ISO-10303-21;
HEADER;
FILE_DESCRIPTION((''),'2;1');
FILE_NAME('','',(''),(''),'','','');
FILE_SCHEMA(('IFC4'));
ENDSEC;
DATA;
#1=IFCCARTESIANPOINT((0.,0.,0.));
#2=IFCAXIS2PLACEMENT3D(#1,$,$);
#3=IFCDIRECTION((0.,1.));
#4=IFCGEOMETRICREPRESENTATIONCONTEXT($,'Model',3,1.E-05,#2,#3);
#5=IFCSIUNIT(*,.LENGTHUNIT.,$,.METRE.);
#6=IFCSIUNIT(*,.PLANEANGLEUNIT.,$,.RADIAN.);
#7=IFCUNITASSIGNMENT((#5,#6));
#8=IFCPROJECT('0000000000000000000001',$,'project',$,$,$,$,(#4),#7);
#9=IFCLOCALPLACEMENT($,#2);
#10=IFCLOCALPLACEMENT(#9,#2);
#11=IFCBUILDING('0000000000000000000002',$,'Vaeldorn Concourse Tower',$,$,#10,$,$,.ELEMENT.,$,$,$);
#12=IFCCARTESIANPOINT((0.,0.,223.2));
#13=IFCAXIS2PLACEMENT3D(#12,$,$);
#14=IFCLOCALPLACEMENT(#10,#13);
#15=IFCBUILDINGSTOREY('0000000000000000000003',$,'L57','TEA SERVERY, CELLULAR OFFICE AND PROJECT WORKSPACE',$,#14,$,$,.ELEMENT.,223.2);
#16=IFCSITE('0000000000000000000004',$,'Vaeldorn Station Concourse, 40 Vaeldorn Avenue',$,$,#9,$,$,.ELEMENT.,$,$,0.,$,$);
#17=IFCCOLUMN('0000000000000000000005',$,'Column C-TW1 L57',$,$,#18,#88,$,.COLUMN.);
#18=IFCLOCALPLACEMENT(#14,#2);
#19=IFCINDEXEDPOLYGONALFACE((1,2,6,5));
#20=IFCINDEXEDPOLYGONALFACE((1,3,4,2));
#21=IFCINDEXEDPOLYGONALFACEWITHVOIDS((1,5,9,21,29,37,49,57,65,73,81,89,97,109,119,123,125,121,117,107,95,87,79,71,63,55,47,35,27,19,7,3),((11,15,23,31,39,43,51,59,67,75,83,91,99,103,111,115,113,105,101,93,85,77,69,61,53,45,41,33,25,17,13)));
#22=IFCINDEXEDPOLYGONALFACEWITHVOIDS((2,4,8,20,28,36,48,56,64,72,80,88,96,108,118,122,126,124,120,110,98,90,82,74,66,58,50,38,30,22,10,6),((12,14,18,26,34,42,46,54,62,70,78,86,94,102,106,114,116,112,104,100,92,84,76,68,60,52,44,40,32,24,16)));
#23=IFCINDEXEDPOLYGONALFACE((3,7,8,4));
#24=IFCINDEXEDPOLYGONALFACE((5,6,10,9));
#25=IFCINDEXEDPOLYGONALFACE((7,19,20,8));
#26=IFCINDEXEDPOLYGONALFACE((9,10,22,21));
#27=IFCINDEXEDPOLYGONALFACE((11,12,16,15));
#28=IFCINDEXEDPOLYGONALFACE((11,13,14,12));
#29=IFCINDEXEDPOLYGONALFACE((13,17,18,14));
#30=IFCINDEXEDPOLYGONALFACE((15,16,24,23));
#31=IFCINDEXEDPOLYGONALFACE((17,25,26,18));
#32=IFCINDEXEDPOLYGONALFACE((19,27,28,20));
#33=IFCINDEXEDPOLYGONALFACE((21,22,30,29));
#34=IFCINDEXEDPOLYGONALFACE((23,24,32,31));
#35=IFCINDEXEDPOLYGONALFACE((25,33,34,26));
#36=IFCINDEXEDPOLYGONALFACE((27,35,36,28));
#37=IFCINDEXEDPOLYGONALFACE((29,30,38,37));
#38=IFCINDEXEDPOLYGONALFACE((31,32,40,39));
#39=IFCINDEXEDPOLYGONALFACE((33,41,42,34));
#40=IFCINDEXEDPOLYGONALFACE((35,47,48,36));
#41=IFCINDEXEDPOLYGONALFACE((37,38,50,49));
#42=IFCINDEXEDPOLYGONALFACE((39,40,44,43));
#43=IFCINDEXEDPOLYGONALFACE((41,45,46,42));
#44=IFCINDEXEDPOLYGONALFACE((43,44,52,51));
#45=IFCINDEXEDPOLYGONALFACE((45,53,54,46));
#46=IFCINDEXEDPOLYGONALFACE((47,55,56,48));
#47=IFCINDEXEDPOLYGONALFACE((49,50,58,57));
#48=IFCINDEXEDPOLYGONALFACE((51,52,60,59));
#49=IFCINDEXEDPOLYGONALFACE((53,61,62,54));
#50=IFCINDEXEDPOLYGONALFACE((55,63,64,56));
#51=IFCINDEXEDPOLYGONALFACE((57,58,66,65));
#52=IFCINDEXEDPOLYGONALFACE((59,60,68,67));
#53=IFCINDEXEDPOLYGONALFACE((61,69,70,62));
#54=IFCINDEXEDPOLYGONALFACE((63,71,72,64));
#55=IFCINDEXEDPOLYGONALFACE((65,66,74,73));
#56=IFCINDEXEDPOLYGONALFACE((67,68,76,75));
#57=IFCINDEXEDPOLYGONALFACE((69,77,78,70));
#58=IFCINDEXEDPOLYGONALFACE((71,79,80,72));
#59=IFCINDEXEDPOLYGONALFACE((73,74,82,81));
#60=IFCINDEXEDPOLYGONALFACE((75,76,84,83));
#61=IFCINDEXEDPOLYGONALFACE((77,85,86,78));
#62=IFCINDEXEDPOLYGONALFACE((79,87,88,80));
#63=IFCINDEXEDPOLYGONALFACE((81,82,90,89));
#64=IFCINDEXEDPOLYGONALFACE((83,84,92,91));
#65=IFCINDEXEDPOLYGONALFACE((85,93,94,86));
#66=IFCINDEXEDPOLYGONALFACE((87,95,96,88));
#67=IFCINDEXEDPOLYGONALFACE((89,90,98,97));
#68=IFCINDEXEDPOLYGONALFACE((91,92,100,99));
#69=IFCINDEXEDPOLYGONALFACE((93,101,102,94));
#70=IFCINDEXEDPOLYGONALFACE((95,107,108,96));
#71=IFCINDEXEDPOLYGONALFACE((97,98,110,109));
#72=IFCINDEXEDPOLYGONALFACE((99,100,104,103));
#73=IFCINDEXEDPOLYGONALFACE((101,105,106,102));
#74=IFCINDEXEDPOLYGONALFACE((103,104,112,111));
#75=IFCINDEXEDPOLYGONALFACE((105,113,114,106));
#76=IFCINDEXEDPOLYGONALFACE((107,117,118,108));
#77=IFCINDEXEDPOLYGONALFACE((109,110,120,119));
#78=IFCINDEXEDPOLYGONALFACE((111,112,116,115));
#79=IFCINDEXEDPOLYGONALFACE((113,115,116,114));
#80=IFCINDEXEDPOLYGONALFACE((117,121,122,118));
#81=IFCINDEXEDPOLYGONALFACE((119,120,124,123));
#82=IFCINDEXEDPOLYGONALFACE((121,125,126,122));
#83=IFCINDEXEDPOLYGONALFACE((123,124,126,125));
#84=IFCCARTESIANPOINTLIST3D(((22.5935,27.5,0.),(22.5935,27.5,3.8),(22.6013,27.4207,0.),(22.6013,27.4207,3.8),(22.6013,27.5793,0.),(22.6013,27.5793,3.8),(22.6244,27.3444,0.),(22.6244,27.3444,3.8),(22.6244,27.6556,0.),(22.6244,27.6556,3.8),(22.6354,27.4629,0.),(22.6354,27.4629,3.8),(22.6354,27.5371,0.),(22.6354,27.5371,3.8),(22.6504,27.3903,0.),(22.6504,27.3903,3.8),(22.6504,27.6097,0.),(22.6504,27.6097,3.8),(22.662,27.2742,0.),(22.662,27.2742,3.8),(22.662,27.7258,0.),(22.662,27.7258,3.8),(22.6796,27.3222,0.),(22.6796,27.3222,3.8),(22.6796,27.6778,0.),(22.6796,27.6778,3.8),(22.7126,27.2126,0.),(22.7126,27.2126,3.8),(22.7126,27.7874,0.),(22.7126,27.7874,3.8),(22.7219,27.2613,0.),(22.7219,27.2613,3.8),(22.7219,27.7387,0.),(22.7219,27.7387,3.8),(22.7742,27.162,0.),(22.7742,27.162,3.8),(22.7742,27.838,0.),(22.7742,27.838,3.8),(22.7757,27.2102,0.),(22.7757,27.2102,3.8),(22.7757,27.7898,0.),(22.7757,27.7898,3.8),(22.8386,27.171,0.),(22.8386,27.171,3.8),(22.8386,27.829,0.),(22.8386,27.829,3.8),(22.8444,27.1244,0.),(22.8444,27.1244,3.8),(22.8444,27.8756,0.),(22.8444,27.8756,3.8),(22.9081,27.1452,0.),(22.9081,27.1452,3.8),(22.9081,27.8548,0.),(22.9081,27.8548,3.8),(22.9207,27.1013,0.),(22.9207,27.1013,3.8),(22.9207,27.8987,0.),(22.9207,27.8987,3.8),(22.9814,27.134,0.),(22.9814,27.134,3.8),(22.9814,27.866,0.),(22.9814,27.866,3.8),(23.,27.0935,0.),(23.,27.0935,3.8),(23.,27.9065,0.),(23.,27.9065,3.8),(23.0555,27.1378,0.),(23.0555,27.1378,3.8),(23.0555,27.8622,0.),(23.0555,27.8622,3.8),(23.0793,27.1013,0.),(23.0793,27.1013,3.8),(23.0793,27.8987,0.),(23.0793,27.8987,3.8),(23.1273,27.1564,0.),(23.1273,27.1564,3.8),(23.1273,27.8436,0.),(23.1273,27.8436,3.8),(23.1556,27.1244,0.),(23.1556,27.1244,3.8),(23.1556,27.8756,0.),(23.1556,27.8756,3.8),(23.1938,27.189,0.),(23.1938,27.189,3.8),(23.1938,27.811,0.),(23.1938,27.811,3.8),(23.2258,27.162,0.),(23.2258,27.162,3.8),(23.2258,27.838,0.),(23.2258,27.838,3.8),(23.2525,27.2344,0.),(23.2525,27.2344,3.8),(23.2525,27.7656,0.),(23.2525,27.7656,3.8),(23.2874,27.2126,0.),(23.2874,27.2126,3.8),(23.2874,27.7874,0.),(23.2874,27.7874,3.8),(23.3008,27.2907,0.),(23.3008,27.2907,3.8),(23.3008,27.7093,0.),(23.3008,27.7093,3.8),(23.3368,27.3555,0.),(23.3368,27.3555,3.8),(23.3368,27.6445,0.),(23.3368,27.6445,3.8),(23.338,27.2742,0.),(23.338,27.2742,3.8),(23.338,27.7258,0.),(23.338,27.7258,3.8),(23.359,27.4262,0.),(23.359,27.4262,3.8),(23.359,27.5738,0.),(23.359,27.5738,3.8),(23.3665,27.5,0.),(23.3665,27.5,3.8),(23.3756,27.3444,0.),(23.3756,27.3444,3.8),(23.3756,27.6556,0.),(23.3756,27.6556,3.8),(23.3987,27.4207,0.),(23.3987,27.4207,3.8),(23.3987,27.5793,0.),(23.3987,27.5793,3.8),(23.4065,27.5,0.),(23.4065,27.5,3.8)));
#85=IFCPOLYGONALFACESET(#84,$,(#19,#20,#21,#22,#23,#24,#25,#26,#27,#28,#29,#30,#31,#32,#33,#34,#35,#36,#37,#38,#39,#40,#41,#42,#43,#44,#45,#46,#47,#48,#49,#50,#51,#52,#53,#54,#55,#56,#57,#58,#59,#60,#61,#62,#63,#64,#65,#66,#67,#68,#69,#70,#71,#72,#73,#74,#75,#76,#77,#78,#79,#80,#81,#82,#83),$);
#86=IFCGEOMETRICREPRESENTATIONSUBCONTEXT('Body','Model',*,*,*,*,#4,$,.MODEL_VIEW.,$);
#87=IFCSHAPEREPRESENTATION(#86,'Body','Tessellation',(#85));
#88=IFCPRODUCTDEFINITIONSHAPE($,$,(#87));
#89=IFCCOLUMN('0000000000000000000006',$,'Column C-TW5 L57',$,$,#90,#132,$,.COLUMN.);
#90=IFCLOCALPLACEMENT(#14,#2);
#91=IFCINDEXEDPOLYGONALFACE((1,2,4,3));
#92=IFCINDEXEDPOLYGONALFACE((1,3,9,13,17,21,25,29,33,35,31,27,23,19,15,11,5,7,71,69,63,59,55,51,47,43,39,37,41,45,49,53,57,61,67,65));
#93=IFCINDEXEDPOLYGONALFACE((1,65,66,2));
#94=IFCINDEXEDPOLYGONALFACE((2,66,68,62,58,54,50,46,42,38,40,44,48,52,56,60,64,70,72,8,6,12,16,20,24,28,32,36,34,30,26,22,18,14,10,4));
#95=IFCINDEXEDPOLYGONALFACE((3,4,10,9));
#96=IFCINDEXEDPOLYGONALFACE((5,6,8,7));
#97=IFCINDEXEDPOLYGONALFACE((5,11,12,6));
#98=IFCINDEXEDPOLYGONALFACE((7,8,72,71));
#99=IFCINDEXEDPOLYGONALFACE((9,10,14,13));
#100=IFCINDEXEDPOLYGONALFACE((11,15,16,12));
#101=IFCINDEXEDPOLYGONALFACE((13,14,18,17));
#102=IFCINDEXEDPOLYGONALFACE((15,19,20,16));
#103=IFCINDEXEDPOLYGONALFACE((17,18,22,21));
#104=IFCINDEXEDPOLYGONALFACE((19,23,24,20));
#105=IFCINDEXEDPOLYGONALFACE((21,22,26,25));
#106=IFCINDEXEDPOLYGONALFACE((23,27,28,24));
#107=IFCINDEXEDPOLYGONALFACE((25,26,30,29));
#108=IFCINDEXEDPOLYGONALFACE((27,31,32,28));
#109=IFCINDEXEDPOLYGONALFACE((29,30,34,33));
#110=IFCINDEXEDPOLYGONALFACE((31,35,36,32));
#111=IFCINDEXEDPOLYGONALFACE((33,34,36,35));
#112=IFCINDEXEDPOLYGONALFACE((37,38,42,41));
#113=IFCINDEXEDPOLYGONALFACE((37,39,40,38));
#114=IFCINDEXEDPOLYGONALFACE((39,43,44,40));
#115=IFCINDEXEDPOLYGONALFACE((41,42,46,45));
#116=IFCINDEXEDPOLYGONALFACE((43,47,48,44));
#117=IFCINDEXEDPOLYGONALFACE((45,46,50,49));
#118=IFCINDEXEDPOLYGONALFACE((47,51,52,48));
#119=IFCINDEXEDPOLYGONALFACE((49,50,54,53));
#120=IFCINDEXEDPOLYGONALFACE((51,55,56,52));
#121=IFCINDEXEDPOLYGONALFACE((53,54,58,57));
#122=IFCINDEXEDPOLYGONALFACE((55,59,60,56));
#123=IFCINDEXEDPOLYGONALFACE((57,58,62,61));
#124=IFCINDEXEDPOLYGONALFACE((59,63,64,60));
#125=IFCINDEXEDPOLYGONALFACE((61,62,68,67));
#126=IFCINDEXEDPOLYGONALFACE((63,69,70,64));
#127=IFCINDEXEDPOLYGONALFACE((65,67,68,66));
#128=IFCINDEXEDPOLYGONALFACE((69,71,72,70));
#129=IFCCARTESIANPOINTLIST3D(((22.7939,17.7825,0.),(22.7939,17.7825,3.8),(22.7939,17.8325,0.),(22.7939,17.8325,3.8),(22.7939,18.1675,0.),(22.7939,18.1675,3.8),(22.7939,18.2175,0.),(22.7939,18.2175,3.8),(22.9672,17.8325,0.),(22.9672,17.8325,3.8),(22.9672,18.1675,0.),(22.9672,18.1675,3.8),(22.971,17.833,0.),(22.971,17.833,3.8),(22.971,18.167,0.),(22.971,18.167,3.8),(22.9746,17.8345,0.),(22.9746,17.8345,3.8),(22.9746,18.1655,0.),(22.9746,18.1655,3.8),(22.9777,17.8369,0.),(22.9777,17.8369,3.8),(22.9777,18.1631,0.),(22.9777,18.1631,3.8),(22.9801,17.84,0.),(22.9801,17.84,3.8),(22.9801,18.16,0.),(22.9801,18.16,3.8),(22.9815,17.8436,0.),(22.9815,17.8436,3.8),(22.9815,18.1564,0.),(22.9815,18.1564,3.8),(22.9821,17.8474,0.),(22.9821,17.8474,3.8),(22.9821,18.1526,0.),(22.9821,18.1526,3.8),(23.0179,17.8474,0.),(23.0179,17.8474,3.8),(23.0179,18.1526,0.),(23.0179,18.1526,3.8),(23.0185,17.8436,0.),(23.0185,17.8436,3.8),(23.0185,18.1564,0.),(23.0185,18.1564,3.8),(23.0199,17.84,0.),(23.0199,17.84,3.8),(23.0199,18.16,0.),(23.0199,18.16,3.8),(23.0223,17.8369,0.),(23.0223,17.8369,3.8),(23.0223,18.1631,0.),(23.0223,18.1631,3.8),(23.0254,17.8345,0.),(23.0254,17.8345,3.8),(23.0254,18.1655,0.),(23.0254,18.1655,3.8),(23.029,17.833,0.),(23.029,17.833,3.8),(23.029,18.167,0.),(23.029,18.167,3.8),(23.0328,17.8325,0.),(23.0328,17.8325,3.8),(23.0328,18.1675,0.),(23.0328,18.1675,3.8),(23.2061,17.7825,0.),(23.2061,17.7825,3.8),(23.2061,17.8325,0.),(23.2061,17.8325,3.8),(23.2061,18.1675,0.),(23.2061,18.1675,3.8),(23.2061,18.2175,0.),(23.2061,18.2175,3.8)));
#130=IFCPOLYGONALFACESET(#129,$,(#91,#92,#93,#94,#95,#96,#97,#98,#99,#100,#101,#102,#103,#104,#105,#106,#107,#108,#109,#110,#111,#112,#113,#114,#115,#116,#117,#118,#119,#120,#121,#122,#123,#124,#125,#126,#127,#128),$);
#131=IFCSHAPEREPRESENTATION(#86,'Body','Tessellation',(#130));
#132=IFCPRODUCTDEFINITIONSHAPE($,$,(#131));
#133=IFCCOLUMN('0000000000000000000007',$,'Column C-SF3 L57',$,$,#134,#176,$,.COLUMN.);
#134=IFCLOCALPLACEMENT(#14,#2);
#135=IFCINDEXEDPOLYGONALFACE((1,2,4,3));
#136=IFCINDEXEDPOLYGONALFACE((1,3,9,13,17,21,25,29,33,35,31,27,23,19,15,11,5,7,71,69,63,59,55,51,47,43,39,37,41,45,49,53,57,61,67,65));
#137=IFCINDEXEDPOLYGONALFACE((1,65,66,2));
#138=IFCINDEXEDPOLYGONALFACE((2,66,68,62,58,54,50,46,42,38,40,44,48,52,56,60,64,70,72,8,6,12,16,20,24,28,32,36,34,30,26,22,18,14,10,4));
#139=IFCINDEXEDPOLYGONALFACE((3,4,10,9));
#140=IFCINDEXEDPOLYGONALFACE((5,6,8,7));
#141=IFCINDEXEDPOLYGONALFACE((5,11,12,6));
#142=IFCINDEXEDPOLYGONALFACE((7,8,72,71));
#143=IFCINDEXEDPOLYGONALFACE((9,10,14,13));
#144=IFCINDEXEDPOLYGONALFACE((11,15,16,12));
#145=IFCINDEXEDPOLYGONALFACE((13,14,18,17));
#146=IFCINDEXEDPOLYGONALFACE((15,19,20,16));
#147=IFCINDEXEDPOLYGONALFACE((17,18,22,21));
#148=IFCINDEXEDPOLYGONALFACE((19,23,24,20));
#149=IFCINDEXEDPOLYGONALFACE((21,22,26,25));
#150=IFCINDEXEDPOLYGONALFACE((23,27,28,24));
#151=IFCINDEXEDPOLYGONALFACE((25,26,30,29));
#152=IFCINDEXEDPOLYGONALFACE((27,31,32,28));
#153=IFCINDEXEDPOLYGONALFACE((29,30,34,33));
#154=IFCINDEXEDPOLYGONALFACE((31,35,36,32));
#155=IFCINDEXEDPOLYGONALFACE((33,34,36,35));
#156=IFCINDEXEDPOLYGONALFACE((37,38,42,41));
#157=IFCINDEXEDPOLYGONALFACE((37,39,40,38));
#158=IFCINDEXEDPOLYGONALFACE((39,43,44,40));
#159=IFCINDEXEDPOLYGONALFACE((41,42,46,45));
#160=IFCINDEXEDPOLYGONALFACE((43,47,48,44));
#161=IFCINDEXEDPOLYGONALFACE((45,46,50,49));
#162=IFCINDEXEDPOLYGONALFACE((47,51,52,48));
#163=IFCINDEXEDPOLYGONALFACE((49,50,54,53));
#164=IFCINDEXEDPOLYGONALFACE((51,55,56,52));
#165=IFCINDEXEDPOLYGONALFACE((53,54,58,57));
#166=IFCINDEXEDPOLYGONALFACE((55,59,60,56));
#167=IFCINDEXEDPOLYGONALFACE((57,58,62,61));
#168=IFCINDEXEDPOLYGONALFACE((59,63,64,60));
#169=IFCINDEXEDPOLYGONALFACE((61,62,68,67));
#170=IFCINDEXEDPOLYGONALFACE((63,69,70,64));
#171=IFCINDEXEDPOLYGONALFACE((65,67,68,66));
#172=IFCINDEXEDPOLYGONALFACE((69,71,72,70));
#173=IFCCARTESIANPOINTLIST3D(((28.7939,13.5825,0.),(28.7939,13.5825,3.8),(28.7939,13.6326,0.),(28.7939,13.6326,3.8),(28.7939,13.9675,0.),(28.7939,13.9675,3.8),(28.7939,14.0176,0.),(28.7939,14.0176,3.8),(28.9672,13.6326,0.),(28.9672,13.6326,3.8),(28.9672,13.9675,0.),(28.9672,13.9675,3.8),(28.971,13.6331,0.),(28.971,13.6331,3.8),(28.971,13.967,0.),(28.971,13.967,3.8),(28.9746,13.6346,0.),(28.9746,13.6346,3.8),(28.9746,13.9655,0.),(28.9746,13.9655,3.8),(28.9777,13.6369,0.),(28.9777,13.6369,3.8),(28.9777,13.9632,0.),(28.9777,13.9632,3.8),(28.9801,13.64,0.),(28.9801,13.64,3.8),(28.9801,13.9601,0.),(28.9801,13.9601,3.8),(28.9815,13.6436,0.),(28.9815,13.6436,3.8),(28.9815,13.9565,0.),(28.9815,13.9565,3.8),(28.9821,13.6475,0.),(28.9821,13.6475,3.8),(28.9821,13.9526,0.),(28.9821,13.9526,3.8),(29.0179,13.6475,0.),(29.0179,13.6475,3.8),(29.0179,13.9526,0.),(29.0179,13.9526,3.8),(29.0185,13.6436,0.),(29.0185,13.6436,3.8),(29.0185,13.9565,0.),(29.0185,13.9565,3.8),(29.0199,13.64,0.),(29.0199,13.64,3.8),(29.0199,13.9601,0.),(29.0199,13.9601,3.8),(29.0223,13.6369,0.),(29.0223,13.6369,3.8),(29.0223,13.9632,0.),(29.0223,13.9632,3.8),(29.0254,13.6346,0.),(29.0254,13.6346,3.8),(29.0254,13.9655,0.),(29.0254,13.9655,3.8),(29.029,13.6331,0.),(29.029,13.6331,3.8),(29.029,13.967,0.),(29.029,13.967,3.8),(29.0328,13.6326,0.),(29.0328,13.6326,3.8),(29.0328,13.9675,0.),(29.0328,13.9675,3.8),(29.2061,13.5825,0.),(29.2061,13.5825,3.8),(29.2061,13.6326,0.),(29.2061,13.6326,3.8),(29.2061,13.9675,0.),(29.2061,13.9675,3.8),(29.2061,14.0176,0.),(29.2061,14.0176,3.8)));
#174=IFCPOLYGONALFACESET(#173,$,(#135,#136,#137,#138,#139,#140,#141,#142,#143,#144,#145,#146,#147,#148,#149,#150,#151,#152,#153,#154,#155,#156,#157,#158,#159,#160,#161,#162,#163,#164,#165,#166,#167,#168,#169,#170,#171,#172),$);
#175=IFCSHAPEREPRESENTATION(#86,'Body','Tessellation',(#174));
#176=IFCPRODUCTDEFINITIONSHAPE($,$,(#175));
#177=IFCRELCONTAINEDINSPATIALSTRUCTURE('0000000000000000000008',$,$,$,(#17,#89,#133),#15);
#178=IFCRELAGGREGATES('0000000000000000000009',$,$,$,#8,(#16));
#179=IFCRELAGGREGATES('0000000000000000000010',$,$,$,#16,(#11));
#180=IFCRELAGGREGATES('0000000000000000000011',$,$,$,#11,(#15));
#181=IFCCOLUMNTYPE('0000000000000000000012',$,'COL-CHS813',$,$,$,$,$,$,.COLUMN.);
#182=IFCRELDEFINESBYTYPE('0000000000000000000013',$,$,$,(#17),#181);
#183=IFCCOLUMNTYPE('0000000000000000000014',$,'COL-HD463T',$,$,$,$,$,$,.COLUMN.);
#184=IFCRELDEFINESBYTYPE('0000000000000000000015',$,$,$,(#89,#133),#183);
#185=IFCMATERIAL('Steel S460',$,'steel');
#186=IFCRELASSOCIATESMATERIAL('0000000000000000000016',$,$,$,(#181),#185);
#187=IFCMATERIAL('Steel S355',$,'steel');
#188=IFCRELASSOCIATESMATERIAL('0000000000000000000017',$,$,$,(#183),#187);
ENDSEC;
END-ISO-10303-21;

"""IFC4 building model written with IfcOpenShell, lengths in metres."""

from ifc_helpers import new_model, si_unit, direction, frame, origin, origin_2d, place, context, subcontext, project, spatial, hollow_circle, i_section, extrude, source, transform, mapped, material, material_profile, profile_set, type_object, element, save


model = new_model("IFC4")

# Units and contexts
model_context = context("Model", 3, precision=1e-05, world=origin(), true_north=direction((0.0, 1.0)))
body_context = subcontext(model_context, "Body", "Model", "MODEL_VIEW")
ifc_project = project(units=[si_unit("LENGTHUNIT", "METRE"), si_unit("PLANEANGLEUNIT", "RADIAN")], contexts=[model_context])

# Site, building, storey
site_placement = place(None, origin())
site = spatial("IfcSite", under=ifc_project, at=site_placement, Name="Vaeldorn Station Concourse, 40 Vaeldorn Avenue", CompositionType="ELEMENT", RefElevation=0.0)
building_placement = place(site_placement, origin())
building = spatial("IfcBuilding", under=site, at=building_placement, Name="Vaeldorn Concourse Tower", CompositionType="ELEMENT")
storey_placement = place(building_placement, frame((0.0, 0.0, 223.2)))
storey = spatial("IfcBuildingStorey", under=building, at=storey_placement, Name="L57", Description="TEA SERVERY, CELLULAR OFFICE AND PROJECT WORKSPACE", CompositionType="ELEMENT", Elevation=223.2)

# Columns
ifc_material_1 = material(Name="Steel S460", Category="steel")
ifc_material_profile_1 = material_profile(ifc_material_1, hollow_circle(Radius=0.4065, WallThickness=0.04, at=origin_2d()), Name="CHS 813x40")
ifc_profile_set_1 = profile_set([ifc_material_profile_1], Name="Steel S460")
column_type_1 = type_object("IfcColumnType", Name="COL-CHS813", PredefinedType="COLUMN", material=ifc_profile_set_1)
shared_shape_1 = source(origin(), body_context, "Body", "SweptSolid", [
    extrude(hollow_circle(Radius=0.4065, WallThickness=0.04, at=origin_2d()), origin(), (0.0, 0.0, 1.0), 3.8),
])
column_placement = place(storey_placement, frame((23.0, 27.5, 0.0), z_axis=(0.0, 0.0, 1.0), x_axis=(1.0, 0.0, 0.0)))
element("IfcColumn", 1, at=column_placement, inside=storey, type_object=column_type_1, Name="Column C-TW1 L57", PredefinedType="COLUMN", context=body_context, shape_type="MappedRepresentation", body=[
    mapped(shared_shape_1, transform((0.0, 0.0, 0.0), scale=1.0)),
])
ifc_material_2 = material(Name="Steel S355", Category="steel")
ifc_material_profile_2 = material_profile(ifc_material_2, i_section(OverallWidth=0.4121, OverallDepth=0.4351, WebThickness=0.0359, FlangeThickness=0.05, FilletRadius=0.0149, at=origin_2d()), Name="HD 400x463")
ifc_profile_set_2 = profile_set([ifc_material_profile_2], Name="Steel S355")
column_type_2 = type_object("IfcColumnType", Name="COL-HD463T", PredefinedType="COLUMN", material=ifc_profile_set_2)
shared_shape_2 = source(origin(), body_context, "Body", "SweptSolid", [
    extrude(i_section(OverallWidth=0.4121, OverallDepth=0.4351, WebThickness=0.0359, FlangeThickness=0.05, FilletRadius=0.0149, at=origin_2d()), origin(), (0.0, 0.0, 1.0), 3.8),
])
for number, where, z_axis, x_axis, name in (
    (2, (23.0, 18.0, 0.0), (0.0, 0.0, 1.0), (1.0, 0.0, 0.0), "Column C-TW5 L57"),
    (3, (29.0, 13.8, 0.0), (0.0, 0.0, 1.0), (1.0, 0.0, 0.0), "Column C-SF3 L57"),
):
    element("IfcColumn", number, at=place(storey_placement, frame(where, z_axis=z_axis, x_axis=x_axis)), inside=storey, type_object=column_type_2, Name=name, PredefinedType="COLUMN", context=body_context, shape_type="MappedRepresentation", body=[
        mapped(shared_shape_2, transform((0.0, 0.0, 0.0), scale=1.0)),
    ])

save(model, "model.ifc")
